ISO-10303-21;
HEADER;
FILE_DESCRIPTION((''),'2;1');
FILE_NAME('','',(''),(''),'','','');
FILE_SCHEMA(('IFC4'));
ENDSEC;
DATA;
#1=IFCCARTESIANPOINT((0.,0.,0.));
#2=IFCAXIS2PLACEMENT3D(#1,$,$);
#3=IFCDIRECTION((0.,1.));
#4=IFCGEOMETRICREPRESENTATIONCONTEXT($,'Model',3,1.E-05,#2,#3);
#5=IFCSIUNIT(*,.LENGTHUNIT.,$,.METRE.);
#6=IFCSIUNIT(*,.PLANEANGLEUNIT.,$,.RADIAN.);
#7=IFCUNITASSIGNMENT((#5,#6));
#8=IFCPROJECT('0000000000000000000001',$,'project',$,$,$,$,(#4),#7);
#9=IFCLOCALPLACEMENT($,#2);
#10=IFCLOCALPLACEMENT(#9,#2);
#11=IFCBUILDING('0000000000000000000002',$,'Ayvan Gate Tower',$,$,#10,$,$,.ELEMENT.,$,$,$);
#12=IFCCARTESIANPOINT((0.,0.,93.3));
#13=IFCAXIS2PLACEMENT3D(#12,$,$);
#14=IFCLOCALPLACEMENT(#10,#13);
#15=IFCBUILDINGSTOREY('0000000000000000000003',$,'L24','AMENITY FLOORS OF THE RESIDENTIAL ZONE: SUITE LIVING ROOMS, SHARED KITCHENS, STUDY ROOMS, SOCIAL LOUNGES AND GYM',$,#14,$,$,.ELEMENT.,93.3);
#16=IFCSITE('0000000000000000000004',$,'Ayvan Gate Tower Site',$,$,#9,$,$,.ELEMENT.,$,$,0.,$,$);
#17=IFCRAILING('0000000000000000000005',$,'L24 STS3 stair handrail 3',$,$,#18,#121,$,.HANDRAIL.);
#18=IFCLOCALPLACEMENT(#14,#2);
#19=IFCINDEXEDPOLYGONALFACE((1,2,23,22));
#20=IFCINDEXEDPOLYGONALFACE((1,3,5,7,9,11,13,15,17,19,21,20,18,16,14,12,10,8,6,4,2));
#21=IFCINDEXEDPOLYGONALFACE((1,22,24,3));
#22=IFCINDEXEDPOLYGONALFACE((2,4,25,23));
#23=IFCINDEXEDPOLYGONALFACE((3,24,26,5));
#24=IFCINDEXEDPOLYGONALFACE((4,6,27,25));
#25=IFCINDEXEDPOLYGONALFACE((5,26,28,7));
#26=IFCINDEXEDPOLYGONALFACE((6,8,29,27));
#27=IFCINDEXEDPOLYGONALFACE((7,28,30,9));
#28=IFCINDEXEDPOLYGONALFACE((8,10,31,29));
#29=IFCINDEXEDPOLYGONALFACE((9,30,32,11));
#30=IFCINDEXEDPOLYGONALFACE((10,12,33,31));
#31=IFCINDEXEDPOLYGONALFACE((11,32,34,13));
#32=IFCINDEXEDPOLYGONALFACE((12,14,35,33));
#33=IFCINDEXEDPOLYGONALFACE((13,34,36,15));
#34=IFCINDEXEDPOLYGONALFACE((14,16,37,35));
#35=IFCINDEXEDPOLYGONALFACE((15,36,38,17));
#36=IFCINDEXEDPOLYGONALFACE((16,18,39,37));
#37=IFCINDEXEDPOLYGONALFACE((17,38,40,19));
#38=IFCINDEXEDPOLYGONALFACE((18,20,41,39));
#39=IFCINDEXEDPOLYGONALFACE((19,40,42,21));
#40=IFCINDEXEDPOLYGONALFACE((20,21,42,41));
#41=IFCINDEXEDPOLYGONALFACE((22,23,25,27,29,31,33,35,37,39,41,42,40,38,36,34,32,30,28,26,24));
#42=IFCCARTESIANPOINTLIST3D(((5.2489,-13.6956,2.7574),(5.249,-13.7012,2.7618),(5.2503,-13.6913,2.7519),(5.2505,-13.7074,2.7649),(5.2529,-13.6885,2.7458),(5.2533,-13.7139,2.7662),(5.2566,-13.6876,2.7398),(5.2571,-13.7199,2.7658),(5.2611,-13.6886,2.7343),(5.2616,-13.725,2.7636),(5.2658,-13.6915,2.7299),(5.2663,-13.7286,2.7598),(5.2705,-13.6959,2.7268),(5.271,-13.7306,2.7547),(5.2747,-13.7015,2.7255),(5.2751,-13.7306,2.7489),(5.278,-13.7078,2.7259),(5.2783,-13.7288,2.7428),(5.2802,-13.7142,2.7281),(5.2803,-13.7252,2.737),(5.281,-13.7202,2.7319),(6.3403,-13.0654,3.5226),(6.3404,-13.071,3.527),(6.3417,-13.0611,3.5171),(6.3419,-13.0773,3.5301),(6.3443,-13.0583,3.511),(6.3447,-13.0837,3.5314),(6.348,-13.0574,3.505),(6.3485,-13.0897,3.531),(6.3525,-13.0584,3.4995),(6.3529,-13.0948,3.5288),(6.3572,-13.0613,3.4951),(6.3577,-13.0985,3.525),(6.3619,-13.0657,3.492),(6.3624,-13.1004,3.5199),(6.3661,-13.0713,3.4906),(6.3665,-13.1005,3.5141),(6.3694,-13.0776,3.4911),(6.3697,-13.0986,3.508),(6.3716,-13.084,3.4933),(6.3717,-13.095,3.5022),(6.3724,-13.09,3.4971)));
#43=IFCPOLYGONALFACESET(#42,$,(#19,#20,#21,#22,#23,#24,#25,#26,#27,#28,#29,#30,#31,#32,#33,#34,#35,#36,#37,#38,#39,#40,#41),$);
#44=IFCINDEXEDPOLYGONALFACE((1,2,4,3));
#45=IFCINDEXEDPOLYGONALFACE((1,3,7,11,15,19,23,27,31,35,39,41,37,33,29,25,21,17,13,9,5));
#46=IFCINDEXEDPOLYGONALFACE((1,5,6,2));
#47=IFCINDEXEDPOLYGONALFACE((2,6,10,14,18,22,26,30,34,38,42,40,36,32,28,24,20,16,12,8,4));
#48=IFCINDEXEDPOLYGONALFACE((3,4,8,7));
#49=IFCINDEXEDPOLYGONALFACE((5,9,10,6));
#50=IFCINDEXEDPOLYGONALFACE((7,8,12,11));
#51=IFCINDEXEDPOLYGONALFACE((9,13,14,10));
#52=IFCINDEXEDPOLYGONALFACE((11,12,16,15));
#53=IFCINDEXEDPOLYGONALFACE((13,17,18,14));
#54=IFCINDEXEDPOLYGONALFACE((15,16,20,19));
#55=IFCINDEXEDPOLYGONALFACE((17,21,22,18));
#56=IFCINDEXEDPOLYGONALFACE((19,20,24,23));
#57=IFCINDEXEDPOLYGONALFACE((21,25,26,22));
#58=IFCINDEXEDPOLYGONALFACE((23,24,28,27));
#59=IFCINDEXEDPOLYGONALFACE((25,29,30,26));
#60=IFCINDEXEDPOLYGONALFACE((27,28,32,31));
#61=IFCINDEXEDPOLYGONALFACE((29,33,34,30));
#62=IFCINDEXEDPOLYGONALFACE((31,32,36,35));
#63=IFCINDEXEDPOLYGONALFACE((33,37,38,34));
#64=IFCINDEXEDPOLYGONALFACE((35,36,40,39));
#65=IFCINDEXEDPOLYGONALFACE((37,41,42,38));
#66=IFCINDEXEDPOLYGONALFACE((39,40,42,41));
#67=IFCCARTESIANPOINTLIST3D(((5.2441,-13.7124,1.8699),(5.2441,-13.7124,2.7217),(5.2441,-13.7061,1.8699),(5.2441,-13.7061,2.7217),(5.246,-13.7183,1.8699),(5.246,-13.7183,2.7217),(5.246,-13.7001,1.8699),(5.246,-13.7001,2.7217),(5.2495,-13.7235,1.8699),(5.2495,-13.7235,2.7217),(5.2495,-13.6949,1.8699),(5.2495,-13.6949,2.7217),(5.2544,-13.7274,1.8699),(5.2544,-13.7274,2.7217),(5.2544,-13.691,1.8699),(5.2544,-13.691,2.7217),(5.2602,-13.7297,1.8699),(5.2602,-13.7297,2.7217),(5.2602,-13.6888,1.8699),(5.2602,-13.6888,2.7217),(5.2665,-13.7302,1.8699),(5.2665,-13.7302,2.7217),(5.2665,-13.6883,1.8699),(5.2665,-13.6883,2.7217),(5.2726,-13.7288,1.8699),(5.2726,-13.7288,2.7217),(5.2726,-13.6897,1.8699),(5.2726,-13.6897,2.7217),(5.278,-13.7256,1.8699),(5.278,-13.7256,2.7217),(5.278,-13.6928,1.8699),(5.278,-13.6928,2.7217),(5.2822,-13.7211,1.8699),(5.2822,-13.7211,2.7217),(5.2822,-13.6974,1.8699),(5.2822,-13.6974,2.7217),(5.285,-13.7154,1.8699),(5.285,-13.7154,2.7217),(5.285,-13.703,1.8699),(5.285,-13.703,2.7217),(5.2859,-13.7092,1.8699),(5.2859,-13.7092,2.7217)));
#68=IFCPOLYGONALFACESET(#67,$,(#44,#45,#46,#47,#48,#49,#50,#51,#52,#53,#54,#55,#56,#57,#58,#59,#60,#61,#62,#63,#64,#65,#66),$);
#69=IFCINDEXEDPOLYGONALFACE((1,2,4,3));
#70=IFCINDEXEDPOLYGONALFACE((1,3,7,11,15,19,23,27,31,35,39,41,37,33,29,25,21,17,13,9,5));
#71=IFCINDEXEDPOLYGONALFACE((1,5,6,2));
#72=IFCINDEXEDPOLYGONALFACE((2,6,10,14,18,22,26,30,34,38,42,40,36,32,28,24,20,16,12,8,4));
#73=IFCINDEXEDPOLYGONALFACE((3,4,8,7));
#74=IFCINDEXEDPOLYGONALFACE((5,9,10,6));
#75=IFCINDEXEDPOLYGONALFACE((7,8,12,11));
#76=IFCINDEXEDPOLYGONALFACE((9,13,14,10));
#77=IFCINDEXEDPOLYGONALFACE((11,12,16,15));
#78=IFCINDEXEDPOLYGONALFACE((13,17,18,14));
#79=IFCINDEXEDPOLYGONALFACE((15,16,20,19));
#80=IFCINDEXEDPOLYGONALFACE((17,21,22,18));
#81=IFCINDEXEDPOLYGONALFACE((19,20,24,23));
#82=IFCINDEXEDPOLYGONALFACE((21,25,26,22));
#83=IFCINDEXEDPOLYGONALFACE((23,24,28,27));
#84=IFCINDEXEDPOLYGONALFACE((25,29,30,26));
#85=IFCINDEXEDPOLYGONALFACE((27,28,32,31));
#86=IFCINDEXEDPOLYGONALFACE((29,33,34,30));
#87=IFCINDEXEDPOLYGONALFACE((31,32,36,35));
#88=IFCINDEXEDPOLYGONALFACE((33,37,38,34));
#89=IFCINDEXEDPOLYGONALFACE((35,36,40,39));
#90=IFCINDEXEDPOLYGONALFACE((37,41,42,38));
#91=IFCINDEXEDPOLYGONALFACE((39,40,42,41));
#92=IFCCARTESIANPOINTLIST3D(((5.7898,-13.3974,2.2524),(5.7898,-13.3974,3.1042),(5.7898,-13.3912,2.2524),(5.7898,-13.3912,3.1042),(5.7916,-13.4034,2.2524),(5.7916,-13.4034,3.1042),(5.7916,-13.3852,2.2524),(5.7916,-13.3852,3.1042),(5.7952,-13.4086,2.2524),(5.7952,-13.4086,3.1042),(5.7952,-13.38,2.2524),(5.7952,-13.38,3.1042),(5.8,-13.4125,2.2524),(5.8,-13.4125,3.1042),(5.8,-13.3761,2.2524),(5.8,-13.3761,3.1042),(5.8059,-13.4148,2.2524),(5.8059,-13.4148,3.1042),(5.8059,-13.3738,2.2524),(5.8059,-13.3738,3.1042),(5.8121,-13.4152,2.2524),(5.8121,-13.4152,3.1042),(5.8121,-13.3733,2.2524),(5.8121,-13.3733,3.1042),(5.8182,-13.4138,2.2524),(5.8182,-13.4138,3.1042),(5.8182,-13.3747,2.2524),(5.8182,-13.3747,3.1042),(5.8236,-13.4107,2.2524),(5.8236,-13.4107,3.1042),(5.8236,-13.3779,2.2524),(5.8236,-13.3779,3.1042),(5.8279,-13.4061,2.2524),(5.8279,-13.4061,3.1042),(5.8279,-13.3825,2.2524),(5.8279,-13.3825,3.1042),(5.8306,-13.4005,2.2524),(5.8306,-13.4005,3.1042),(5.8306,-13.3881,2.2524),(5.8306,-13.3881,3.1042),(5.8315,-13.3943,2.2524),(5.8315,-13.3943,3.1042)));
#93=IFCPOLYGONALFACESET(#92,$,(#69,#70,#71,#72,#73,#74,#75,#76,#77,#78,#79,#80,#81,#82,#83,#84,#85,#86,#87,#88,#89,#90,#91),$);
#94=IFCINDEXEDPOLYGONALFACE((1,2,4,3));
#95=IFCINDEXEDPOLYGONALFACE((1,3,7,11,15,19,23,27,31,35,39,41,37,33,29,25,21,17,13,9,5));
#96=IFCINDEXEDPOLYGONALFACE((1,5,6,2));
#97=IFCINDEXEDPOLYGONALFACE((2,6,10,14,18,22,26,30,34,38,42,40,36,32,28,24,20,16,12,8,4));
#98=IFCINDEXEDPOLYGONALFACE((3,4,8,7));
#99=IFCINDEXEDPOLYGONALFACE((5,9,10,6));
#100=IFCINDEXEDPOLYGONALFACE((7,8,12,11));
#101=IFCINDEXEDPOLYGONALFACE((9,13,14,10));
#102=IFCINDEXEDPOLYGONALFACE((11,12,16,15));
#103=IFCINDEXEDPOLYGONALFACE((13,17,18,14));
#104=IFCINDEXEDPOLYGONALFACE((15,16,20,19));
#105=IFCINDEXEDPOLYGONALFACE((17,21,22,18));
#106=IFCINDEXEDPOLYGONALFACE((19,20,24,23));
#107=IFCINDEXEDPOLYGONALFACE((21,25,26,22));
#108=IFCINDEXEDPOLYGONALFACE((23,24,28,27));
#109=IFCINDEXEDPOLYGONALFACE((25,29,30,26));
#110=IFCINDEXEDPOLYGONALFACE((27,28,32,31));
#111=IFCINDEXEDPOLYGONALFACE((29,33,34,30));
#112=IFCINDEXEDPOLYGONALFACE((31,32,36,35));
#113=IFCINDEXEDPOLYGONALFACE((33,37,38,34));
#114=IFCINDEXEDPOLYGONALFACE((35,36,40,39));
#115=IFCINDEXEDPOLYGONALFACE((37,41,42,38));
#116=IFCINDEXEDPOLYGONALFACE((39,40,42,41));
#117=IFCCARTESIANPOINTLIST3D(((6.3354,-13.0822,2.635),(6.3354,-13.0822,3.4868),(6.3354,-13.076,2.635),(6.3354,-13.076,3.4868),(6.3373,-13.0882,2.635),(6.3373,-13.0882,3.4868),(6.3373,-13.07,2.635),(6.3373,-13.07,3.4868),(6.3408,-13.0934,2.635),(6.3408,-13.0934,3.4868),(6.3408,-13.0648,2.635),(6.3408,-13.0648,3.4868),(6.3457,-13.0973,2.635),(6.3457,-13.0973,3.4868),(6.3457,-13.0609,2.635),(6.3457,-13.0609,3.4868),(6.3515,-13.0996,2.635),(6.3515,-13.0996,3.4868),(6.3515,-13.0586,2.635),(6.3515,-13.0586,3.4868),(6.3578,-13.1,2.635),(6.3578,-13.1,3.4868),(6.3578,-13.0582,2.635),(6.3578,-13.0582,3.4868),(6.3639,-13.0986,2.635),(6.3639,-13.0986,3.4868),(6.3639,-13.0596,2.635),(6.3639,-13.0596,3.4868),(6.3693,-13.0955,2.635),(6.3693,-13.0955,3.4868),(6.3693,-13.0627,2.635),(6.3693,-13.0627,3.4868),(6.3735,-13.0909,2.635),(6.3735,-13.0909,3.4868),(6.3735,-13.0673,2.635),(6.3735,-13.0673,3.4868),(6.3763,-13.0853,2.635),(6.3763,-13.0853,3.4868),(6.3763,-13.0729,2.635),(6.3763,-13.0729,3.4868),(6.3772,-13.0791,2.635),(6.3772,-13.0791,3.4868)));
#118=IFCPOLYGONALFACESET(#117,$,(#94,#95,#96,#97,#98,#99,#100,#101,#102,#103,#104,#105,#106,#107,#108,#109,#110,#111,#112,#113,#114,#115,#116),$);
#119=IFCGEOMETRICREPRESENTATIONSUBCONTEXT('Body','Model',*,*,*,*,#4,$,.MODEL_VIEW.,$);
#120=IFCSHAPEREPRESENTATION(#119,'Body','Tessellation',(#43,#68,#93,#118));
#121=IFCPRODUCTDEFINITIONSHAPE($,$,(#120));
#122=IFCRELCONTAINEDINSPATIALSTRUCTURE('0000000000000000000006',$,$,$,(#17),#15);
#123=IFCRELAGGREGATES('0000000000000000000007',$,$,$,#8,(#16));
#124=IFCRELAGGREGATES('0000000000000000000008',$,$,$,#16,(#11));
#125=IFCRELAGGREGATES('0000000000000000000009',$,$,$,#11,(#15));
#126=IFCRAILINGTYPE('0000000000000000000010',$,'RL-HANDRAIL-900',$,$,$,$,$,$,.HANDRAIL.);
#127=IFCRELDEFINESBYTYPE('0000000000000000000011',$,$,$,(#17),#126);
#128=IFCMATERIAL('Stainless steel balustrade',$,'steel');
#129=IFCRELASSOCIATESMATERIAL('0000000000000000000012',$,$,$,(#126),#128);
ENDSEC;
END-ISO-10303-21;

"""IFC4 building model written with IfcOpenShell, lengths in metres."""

from ifc_helpers import new_model, si_unit, direction, frame, origin, origin_2d, place, context, subcontext, project, spatial, circle, extrude, material, type_object, element, save


model = new_model("IFC4")

# Units and contexts
model_context = context("Model", 3, precision=1e-05, world=origin(), true_north=direction((0.0, 1.0)))
body_context = subcontext(model_context, "Body", "Model", "MODEL_VIEW")
ifc_project = project(units=[si_unit("LENGTHUNIT", "METRE"), si_unit("PLANEANGLEUNIT", "RADIAN")], contexts=[model_context])

# Site, building, storey
site_placement = place(None, origin())
site = spatial("IfcSite", under=ifc_project, at=site_placement, Name="Ayvan Gate Tower Site", CompositionType="ELEMENT", RefElevation=0.0)
building_placement = place(site_placement, origin())
building = spatial("IfcBuilding", under=site, at=building_placement, Name="Ayvan Gate Tower", CompositionType="ELEMENT")
storey_placement = place(building_placement, frame((0.0, 0.0, 93.3)))
storey = spatial("IfcBuildingStorey", under=building, at=storey_placement, Name="L24", Description="AMENITY FLOORS OF THE RESIDENTIAL ZONE: SUITE LIVING ROOMS, SHARED KITCHENS, STUDY ROOMS, SOCIAL LOUNGES AND GYM", CompositionType="ELEMENT", Elevation=93.3)

# Railing
ifc_material_1 = material(Name="Stainless steel balustrade", Category="steel")
railing_type_1 = type_object("IfcRailingType", Name="RL-HANDRAIL-900", PredefinedType="HANDRAIL", material=ifc_material_1)
railing_1_placement = place(storey_placement, frame((5.2649, -13.7092, 1.8699)))
element("IfcRailing", 1, at=railing_1_placement, inside=storey, type_object=railing_type_1, Name="L24 STS3 stair handrail 3", PredefinedType="HANDRAIL", context=body_context, shape_type="SweptSolid", body=[
    extrude(circle(Radius=0.0239, at=origin_2d()), frame((0.0, 0.0, 0.876), z_axis=(0.740241, 0.427419, 0.518996), x_axis=(-0.500035, 0.866005, 0.0)), (0.0, 0.0, 1.0), 1.4744),
    extrude(circle(Radius=0.021, at=origin_2d()), origin(), (0.0, 0.0, 1.0), 0.8518),
    extrude(circle(Radius=0.021, at=origin_2d()), frame((0.5457, 0.3149, 0.3826)), (0.0, 0.0, 1.0), 0.8518),
    extrude(circle(Radius=0.021, at=origin_2d()), frame((1.0913, 0.6301, 0.7651)), (0.0, 0.0, 1.0), 0.8518),
])

save(model, "model.ifc")
